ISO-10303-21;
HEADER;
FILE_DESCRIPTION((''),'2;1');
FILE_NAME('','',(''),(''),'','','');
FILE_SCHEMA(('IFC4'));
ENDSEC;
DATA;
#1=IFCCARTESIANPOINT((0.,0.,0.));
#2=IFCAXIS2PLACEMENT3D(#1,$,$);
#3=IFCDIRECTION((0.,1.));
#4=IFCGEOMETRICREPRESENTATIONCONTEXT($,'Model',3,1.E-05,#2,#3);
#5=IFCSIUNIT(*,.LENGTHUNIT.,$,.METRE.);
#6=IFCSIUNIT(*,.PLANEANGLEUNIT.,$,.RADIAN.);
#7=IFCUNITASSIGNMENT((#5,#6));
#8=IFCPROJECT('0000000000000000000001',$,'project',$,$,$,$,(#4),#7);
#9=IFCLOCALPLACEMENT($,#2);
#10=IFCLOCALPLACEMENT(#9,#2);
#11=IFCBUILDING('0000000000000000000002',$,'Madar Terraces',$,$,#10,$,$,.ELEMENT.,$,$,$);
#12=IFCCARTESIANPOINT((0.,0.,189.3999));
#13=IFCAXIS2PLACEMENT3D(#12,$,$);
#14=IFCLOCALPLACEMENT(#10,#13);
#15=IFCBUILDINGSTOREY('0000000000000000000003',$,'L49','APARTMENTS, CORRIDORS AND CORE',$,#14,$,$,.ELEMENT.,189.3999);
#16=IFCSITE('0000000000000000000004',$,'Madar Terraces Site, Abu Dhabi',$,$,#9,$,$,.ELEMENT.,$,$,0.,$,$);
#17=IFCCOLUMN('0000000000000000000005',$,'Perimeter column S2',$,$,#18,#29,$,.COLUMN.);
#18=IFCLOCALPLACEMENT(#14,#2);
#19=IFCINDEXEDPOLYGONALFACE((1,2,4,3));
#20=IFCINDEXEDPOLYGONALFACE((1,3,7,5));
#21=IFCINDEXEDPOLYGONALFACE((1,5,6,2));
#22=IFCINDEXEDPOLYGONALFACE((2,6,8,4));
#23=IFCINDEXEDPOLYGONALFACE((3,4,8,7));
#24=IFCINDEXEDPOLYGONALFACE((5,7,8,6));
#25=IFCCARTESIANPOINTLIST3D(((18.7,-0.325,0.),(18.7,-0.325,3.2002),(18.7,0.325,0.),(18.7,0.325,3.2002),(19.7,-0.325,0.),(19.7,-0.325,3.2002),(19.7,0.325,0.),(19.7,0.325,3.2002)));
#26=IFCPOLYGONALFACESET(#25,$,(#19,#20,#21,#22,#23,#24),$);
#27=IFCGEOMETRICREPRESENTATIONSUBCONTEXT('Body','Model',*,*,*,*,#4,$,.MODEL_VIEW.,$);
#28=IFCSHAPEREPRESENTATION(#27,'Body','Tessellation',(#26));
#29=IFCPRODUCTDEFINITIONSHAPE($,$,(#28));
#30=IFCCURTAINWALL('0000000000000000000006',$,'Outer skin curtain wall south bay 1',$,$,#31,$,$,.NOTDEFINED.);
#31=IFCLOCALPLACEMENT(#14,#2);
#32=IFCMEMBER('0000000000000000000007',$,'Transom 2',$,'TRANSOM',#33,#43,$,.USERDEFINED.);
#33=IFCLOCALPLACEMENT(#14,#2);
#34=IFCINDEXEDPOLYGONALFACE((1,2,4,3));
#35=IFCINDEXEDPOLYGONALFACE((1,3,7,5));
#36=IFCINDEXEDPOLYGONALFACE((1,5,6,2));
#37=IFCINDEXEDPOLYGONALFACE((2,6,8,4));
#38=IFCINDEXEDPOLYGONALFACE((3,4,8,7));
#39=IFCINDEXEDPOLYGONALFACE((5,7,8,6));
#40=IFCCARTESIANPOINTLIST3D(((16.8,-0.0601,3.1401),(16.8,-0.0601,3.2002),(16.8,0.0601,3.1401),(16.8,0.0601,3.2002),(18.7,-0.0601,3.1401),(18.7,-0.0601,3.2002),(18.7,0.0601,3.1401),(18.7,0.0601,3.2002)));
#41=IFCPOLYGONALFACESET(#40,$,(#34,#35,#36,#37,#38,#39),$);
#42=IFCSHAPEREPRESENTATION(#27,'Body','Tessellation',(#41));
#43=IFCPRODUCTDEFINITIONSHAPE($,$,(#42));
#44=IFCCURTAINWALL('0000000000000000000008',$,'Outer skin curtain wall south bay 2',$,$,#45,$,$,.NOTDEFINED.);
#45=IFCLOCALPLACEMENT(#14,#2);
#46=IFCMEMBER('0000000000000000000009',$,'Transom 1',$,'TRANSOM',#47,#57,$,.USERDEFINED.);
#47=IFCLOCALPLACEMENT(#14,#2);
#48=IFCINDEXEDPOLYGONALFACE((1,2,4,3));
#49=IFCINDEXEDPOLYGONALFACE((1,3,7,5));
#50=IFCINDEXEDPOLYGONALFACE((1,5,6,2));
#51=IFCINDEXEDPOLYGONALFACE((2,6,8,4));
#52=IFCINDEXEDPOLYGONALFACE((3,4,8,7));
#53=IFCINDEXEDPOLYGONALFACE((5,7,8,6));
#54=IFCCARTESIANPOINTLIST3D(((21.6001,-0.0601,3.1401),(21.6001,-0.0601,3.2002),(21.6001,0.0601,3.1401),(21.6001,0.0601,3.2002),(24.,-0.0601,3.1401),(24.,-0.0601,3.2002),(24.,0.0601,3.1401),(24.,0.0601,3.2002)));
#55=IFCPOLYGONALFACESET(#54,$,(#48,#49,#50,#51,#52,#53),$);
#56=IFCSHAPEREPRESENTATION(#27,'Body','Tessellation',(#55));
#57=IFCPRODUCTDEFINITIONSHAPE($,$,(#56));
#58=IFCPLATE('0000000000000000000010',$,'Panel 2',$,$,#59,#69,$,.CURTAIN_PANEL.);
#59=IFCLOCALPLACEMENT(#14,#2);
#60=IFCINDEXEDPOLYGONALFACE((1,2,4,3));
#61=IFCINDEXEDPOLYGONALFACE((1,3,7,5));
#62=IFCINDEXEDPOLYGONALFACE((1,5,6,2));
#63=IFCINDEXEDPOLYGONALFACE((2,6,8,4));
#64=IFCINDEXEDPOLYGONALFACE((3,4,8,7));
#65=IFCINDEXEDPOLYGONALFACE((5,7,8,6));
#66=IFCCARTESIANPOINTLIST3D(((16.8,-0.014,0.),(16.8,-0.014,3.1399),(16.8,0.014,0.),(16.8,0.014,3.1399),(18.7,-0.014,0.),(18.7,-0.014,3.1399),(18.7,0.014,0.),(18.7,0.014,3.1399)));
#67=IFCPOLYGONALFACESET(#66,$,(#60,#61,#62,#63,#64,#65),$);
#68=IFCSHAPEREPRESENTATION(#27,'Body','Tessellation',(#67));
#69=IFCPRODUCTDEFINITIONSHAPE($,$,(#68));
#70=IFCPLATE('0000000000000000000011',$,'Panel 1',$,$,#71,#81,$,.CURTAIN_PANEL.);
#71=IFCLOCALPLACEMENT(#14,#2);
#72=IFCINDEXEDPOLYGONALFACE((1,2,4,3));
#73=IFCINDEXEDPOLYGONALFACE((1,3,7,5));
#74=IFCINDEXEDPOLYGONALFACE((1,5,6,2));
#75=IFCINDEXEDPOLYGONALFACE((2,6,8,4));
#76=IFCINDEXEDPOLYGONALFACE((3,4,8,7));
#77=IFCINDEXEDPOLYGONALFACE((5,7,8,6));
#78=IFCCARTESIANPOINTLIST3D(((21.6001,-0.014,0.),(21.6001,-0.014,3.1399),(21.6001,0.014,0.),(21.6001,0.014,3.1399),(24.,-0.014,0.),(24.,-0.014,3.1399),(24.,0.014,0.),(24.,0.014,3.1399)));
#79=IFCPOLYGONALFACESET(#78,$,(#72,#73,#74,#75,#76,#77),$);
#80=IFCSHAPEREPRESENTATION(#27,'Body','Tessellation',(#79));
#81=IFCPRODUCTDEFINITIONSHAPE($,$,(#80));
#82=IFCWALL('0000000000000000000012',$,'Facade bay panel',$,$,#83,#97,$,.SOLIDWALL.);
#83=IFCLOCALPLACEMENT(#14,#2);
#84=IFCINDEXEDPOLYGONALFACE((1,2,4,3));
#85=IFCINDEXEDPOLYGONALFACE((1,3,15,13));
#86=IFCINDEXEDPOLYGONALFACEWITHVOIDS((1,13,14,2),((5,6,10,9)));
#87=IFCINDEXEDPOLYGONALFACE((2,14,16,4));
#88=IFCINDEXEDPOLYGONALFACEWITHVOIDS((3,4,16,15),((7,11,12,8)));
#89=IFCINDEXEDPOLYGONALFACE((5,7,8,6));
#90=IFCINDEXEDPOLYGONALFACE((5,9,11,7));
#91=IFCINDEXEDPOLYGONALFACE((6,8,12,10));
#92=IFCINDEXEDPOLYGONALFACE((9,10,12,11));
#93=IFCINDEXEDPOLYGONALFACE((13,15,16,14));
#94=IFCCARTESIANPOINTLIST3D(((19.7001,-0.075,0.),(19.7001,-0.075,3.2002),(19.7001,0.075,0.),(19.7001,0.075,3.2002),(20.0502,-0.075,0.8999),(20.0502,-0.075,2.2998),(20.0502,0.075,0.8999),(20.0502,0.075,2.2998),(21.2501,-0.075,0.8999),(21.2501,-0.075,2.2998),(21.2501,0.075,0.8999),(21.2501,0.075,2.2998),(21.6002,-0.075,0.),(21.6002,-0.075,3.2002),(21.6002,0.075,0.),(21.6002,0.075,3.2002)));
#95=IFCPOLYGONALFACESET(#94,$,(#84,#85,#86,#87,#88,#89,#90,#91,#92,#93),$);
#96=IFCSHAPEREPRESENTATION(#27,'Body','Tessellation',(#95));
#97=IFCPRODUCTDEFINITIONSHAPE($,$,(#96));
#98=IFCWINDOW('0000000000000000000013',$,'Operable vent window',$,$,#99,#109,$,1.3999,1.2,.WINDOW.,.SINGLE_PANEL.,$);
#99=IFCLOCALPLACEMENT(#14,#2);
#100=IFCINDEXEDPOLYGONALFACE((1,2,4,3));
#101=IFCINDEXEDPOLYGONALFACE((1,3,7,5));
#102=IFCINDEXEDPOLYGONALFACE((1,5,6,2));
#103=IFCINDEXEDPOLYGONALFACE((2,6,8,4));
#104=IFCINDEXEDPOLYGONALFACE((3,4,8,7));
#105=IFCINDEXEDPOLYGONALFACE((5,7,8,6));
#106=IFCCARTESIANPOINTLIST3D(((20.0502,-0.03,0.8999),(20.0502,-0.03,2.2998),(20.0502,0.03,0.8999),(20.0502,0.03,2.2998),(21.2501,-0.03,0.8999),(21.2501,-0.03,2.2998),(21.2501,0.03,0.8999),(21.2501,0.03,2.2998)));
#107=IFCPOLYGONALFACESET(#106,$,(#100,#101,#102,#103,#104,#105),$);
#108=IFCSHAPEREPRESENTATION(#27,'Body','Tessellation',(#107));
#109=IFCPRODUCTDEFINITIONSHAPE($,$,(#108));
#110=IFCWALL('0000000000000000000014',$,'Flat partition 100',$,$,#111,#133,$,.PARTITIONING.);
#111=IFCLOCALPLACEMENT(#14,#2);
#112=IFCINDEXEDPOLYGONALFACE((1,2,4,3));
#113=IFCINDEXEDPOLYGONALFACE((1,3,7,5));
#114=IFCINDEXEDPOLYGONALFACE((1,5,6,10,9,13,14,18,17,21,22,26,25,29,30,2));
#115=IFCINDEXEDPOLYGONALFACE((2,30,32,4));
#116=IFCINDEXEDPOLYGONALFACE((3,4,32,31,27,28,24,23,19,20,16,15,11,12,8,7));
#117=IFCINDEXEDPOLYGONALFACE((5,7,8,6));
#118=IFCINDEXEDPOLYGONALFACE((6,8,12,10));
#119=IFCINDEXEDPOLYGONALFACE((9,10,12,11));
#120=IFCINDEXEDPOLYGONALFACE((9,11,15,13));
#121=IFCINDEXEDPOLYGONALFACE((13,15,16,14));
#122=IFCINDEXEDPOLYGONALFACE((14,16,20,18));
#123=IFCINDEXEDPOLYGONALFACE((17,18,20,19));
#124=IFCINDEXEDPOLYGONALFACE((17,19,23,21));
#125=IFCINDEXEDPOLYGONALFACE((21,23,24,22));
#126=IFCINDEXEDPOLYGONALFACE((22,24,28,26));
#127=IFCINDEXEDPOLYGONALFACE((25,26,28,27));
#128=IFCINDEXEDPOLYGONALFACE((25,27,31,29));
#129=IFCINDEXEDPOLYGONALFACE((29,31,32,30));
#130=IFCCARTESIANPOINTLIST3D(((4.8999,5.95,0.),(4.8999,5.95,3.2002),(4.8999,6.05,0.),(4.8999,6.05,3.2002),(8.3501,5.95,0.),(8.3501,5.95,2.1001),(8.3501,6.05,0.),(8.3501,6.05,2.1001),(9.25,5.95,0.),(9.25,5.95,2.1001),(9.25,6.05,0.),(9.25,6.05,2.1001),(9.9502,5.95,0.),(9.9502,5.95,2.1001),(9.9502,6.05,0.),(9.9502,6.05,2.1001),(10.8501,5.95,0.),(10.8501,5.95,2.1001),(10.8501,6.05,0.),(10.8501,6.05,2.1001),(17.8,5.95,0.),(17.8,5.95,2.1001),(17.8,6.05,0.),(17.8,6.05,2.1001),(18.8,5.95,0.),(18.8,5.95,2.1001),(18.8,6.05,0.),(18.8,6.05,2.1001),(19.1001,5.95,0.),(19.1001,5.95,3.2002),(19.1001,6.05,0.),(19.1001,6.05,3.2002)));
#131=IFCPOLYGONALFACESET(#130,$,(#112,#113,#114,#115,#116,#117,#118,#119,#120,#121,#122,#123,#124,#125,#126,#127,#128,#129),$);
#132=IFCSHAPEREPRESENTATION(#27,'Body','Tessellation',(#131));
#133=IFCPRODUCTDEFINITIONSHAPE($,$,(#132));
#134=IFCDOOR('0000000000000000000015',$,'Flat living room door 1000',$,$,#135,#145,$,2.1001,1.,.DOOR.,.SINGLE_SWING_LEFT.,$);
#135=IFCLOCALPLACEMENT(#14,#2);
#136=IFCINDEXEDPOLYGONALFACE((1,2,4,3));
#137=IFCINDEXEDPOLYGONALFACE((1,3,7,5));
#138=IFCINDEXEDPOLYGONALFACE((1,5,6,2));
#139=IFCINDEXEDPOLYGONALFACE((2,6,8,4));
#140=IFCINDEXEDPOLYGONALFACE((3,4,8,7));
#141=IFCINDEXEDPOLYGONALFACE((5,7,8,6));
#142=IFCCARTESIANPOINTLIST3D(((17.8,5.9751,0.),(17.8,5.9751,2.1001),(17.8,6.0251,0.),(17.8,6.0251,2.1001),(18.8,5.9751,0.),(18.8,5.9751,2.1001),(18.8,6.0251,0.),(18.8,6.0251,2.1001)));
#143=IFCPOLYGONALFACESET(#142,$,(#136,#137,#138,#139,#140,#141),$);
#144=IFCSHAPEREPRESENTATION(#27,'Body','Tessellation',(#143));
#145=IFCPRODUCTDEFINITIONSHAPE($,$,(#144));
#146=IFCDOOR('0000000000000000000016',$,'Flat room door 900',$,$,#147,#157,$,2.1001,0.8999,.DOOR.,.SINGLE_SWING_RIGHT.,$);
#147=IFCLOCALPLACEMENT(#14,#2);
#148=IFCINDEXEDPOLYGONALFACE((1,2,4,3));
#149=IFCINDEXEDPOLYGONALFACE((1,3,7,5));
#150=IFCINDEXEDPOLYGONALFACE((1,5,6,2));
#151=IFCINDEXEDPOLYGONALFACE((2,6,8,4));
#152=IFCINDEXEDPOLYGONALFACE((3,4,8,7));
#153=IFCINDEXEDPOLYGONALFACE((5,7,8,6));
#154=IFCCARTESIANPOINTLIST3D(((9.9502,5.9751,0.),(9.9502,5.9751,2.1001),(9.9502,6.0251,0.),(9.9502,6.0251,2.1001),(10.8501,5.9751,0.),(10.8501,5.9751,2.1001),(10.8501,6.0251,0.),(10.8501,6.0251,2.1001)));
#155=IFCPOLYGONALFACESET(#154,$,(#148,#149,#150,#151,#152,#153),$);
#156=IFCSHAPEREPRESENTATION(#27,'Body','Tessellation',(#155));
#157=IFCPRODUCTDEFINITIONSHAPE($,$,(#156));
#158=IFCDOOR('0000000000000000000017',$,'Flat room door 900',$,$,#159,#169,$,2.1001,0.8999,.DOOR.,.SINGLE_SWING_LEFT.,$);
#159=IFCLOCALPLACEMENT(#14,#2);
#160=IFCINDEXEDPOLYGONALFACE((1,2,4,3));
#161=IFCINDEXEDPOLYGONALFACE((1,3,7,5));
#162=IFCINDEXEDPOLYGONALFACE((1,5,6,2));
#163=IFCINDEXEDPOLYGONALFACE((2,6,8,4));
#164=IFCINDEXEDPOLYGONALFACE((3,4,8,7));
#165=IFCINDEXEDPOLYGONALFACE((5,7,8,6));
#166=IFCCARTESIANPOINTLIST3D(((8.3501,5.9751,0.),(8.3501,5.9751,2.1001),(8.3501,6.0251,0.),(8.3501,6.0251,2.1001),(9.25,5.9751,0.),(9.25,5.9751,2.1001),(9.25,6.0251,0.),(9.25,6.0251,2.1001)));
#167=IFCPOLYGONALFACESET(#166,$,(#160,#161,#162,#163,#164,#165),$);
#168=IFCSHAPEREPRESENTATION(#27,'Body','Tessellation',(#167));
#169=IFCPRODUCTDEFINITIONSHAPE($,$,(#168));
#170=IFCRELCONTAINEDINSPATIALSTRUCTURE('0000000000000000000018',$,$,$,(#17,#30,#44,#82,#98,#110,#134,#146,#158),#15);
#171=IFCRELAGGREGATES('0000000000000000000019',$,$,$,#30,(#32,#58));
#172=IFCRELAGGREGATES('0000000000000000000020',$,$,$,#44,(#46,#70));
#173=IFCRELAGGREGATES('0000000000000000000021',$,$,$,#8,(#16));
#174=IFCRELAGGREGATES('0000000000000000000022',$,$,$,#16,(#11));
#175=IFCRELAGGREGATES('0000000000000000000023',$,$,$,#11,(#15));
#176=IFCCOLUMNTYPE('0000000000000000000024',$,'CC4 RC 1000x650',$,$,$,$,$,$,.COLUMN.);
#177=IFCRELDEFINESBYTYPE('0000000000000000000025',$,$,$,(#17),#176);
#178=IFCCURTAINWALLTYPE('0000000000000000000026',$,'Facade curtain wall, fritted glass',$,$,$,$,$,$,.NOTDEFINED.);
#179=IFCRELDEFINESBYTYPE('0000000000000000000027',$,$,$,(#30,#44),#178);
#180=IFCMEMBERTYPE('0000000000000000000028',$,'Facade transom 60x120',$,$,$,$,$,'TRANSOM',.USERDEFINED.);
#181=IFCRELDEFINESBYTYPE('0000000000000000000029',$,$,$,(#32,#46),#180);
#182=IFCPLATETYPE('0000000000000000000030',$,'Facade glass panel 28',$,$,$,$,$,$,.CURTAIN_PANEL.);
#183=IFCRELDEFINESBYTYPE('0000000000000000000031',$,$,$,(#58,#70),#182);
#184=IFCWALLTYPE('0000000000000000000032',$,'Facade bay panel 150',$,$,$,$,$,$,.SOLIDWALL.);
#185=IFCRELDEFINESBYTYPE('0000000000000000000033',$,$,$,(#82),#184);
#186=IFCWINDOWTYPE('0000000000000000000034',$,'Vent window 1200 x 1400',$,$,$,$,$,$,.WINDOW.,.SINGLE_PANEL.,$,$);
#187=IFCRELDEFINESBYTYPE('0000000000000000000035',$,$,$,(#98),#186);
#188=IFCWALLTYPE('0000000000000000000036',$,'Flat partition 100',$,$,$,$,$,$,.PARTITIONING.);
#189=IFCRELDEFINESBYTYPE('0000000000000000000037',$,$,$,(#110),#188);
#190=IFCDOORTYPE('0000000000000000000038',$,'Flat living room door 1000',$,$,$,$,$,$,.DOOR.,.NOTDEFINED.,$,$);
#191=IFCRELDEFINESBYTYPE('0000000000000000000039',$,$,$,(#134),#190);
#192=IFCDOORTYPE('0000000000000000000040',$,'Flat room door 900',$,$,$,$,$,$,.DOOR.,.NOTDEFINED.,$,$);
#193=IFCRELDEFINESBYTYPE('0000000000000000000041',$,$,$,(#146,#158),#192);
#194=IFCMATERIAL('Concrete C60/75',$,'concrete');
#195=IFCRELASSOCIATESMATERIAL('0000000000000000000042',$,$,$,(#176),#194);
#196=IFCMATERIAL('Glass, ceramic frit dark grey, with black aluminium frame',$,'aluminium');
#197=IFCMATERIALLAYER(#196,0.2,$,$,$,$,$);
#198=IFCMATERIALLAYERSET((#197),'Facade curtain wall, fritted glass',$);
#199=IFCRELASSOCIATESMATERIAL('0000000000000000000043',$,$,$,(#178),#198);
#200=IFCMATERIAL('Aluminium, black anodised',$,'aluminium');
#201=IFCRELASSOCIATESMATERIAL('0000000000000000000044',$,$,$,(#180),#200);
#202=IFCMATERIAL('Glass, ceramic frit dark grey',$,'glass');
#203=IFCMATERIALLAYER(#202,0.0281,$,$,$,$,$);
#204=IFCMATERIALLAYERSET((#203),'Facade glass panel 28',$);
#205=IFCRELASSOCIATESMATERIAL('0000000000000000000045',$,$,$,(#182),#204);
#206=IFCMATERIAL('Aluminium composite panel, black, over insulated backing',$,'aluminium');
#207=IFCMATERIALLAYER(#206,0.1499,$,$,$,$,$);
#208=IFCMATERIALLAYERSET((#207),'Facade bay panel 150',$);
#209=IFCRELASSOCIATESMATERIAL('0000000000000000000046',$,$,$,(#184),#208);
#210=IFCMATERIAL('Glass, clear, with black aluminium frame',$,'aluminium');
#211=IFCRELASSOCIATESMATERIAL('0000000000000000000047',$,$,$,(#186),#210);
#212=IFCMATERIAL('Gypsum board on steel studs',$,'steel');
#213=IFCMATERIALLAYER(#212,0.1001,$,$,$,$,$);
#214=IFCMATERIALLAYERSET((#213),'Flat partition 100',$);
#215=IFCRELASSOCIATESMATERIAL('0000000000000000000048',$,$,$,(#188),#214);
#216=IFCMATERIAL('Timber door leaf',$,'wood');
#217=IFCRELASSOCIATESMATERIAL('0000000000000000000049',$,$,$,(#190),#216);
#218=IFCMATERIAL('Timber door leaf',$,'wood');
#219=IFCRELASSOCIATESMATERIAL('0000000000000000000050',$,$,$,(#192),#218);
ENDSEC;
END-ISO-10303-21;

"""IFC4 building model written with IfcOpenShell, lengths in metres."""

from ifc_helpers import new_model, si_unit, direction, frame, frame_2d, origin, origin_2d, place, context, subcontext, project, spatial, rectangle, extrude, material, layer, layer_set, material_profile, profile_set, type_object, element, fill, aggregate, save


model = new_model("IFC4")

# Units and contexts
model_context = context("Model", 3, precision=1e-05, world=origin(), true_north=direction((0.0, 1.0)))
body_context = subcontext(model_context, "Body", "Model", "MODEL_VIEW")
ifc_project = project(units=[si_unit("LENGTHUNIT", "METRE"), si_unit("PLANEANGLEUNIT", "RADIAN")], contexts=[model_context])

# Site, building, storey
site_placement = place(None, origin())
site = spatial("IfcSite", under=ifc_project, at=site_placement, Name="Madar Terraces Site, Abu Dhabi", CompositionType="ELEMENT", RefElevation=0.0)
building_placement = place(site_placement, origin())
building = spatial("IfcBuilding", under=site, at=building_placement, Name="Madar Terraces", CompositionType="ELEMENT")
storey_placement = place(building_placement, frame((0.0, 0.0, 189.3999)))
storey = spatial("IfcBuildingStorey", under=building, at=storey_placement, Name="L49", Description="APARTMENTS, CORRIDORS AND CORE", CompositionType="ELEMENT", Elevation=189.3999)

# Column
ifc_material_1 = material(Name="Concrete C60/75", Category="concrete")
ifc_material_profile_1 = material_profile(ifc_material_1, rectangle(XDim=1.0, YDim=0.6499, at=origin_2d()), Name="CC4 RC 1000x650")
ifc_profile_set_1 = profile_set([ifc_material_profile_1], Name="Concrete C60/75")
column_type = type_object("IfcColumnType", Name="CC4 RC 1000x650", PredefinedType="COLUMN", material=ifc_profile_set_1)
column_placement = place(storey_placement, frame((19.2, 0.0, 0.0), z_axis=(0.0, 0.0, 1.0), x_axis=(1.0, 0.0, 0.0)))
element("IfcColumn", 1, at=column_placement, inside=storey, type_object=column_type, Name="Perimeter column S2", PredefinedType="COLUMN", context=body_context, shape_type="SweptSolid", body=[
    extrude(rectangle(XDim=1.0, YDim=0.6499, at=origin_2d()), origin(), (0.0, 0.0, 1.0), 3.2002),
])

# Curtain walls, members
ifc_material_2 = material(Name="Glass, ceramic frit dark grey, with black aluminium frame", Category="aluminium")
ifc_layer_1 = layer(ifc_material_2, 0.2)
ifc_layer_set_1 = layer_set([ifc_layer_1], Name="Facade curtain wall, fritted glass")
curtain_wall_type = type_object("IfcCurtainWallType", Name="Facade curtain wall, fritted glass", PredefinedType="NOTDEFINED", material=ifc_layer_set_1)
curtain_wall_1_placement = place(storey_placement, origin())
curtain_wall_1 = element("IfcCurtainWall", 2, at=curtain_wall_1_placement, inside=storey, type_object=curtain_wall_type, Name="Outer skin curtain wall south bay 1", PredefinedType="NOTDEFINED")
ifc_material_3 = material(Name="Aluminium, black anodised", Category="aluminium")
ifc_material_profile_2 = material_profile(ifc_material_3, rectangle(XDim=0.1201, YDim=0.0601, at=origin_2d()), Name="Facade transom 60x120")
ifc_profile_set_2 = profile_set([ifc_material_profile_2], Name="Aluminium, black anodised")
member_type = type_object("IfcMemberType", Name="Facade transom 60x120", ElementType="TRANSOM", PredefinedType="USERDEFINED", material=ifc_profile_set_2)
member_1_placement = place(storey_placement, frame((16.8, 0.0, 3.1702), z_axis=(1.0, 0.0, 0.0), x_axis=(0.0, 1.0, 0.0)))
member_1 = element("IfcMember", 3, at=member_1_placement, type_object=member_type, Name="Transom 2", ObjectType="TRANSOM", PredefinedType="USERDEFINED", context=body_context, shape_type="SweptSolid", body=[
    extrude(rectangle(XDim=0.1201, YDim=0.0601, at=origin_2d()), origin(), (0.0, 0.0, 1.0), 1.8999),
])
curtain_wall_2_placement = place(storey_placement, origin())
curtain_wall_2 = element("IfcCurtainWall", 4, at=curtain_wall_2_placement, inside=storey, type_object=curtain_wall_type, Name="Outer skin curtain wall south bay 2", PredefinedType="NOTDEFINED")
member_2_placement = place(storey_placement, frame((21.6001, 0.0, 3.1702), z_axis=(1.0, 0.0, 0.0), x_axis=(0.0, 1.0, 0.0)))
member_2 = element("IfcMember", 5, at=member_2_placement, type_object=member_type, Name="Transom 1", ObjectType="TRANSOM", PredefinedType="USERDEFINED", context=body_context, shape_type="SweptSolid", body=[
    extrude(rectangle(XDim=0.1201, YDim=0.0601, at=origin_2d()), origin(), (0.0, 0.0, 1.0), 2.3999),
])

# Plates
ifc_material_4 = material(Name="Glass, ceramic frit dark grey", Category="glass")
ifc_layer_2 = layer(ifc_material_4, 0.0281)
ifc_layer_set_2 = layer_set([ifc_layer_2], Name="Facade glass panel 28")
plate_type = type_object("IfcPlateType", Name="Facade glass panel 28", PredefinedType="CURTAIN_PANEL", material=ifc_layer_set_2)
plate_1_placement = place(storey_placement, frame((17.75, 0.0, 0.0), z_axis=(0.0, 0.0, 1.0), x_axis=(1.0, 0.0, 0.0)))
plate_1 = element("IfcPlate", 6, at=plate_1_placement, type_object=plate_type, Name="Panel 2", PredefinedType="CURTAIN_PANEL", context=body_context, shape_type="SweptSolid", body=[
    extrude(rectangle(XDim=1.8999, YDim=0.0281, at=origin_2d()), origin(), (0.0, 0.0, 1.0), 3.1399),
])
aggregate(curtain_wall_1, [member_1, plate_1])
plate_2_placement = place(storey_placement, frame((22.8, 0.0, 0.0), z_axis=(0.0, 0.0, 1.0), x_axis=(1.0, 0.0, 0.0)))
plate_2 = element("IfcPlate", 7, at=plate_2_placement, type_object=plate_type, Name="Panel 1", PredefinedType="CURTAIN_PANEL", context=body_context, shape_type="SweptSolid", body=[
    extrude(rectangle(XDim=2.3999, YDim=0.0281, at=origin_2d()), origin(), (0.0, 0.0, 1.0), 3.1399),
])
aggregate(curtain_wall_2, [member_2, plate_2])

# Wall, opening, window
ifc_material_5 = material(Name="Aluminium composite panel, black, over insulated backing", Category="aluminium")
ifc_layer_3 = layer(ifc_material_5, 0.1499)
ifc_layer_set_3 = layer_set([ifc_layer_3], Name="Facade bay panel 150")
wall_type_1 = type_object("IfcWallType", Name="Facade bay panel 150", PredefinedType="SOLIDWALL", material=ifc_layer_set_3)
wall_1_placement = place(storey_placement, frame((19.7, 0.0, 0.0), z_axis=(0.0, 0.0, 1.0), x_axis=(1.0, 0.0, 0.0)))
wall_1 = element("IfcWall", 8, at=wall_1_placement, inside=storey, type_object=wall_type_1, Name="Facade bay panel", PredefinedType="SOLIDWALL", context=body_context, shape_type="SweptSolid", body=[
    extrude(rectangle(XDim=1.9001, YDim=0.1499, at=frame_2d((0.9502, 0.0))), origin(), (0.0, 0.0, 1.0), 3.2002),
])
opening_1_placement = place(wall_1_placement, frame((0.3501, 0.0, 0.8999)))
opening_1 = element("IfcOpeningElement", 9, at=opening_1_placement, cuts=wall_1, PredefinedType="OPENING", context=body_context, shape_type="SweptSolid", body=[
    extrude(rectangle(XDim=1.2, YDim=1.3999, at=frame_2d((0.6001, 0.7))), frame((0.0, 0.085, 0.0), z_axis=(0.0, -1.0, 0.0), x_axis=(1.0, 0.0, 0.0)), (0.0, 0.0, 1.0), 0.1699),
])
ifc_material_6 = material(Name="Glass, clear, with black aluminium frame", Category="aluminium")
window_type = type_object("IfcWindowType", Name="Vent window 1200 x 1400", PartitioningType="SINGLE_PANEL", PredefinedType="WINDOW", material=ifc_material_6)
window_placement = place(opening_1_placement, origin())
window = element("IfcWindow", 10, at=window_placement, inside=storey, type_object=window_type, Name="Operable vent window", OverallHeight=1.3999, OverallWidth=1.2, PartitioningType="SINGLE_PANEL", PredefinedType="WINDOW", context=body_context, shape_type="SweptSolid", body=[
    extrude(rectangle(XDim=1.2, YDim=1.3999, at=frame_2d((0.6001, 0.7))), frame((0.0, 0.03, 0.0), z_axis=(0.0, -1.0, 0.0), x_axis=(1.0, 0.0, 0.0)), (0.0, 0.0, 1.0), 0.0601),
])
fill(opening_1, window)

# Wall, openings, doors
ifc_material_7 = material(Name="Gypsum board on steel studs", Category="steel")
ifc_layer_4 = layer(ifc_material_7, 0.1001)
ifc_layer_set_4 = layer_set([ifc_layer_4], Name="Flat partition 100")
wall_type_2 = type_object("IfcWallType", Name="Flat partition 100", PredefinedType="PARTITIONING", material=ifc_layer_set_4)
wall_2_placement = place(storey_placement, frame((19.1001, 6.0, 0.0), z_axis=(0.0, 0.0, 1.0), x_axis=(-1.0, 0.0, 0.0)))
wall_2 = element("IfcWall", 11, at=wall_2_placement, inside=storey, type_object=wall_type_2, Name="Flat partition 100", PredefinedType="PARTITIONING", context=body_context, shape_type="SweptSolid", body=[
    extrude(rectangle(XDim=14.2002, YDim=0.1001, at=frame_2d((7.1001, 0.0))), origin(), (0.0, 0.0, 1.0), 3.2002),
])
opening_2_placement = place(wall_2_placement, frame((0.3, 0.0, 0.0)))
opening_2 = element("IfcOpeningElement", 12, at=opening_2_placement, cuts=wall_2, PredefinedType="OPENING", context=body_context, shape_type="SweptSolid", body=[
    extrude(rectangle(XDim=1.0, YDim=2.1001, at=frame_2d((0.5, 1.05))), frame((0.0, 0.0601, 0.0), z_axis=(0.0, -1.0, 0.0), x_axis=(1.0, 0.0, 0.0)), (0.0, 0.0, 1.0), 0.1201),
])
opening_3_placement = place(wall_2_placement, frame((8.25, 0.0, 0.0)))
opening_3 = element("IfcOpeningElement", 13, at=opening_3_placement, cuts=wall_2, PredefinedType="OPENING", context=body_context, shape_type="SweptSolid", body=[
    extrude(rectangle(XDim=0.8999, YDim=2.1001, at=frame_2d((0.45, 1.05))), frame((0.0, 0.0601, 0.0), z_axis=(0.0, -1.0, 0.0), x_axis=(1.0, 0.0, 0.0)), (0.0, 0.0, 1.0), 0.1201),
])
opening_4_placement = place(wall_2_placement, frame((9.8501, 0.0, 0.0)))
opening_4 = element("IfcOpeningElement", 14, at=opening_4_placement, cuts=wall_2, PredefinedType="OPENING", context=body_context, shape_type="SweptSolid", body=[
    extrude(rectangle(XDim=0.8999, YDim=2.1001, at=frame_2d((0.45, 1.05))), frame((0.0, 0.0601, 0.0), z_axis=(0.0, -1.0, 0.0), x_axis=(1.0, 0.0, 0.0)), (0.0, 0.0, 1.0), 0.1201),
])
ifc_material_8 = material(Name="Timber door leaf", Category="wood")
door_type_1 = type_object("IfcDoorType", Name="Flat living room door 1000", OperationType="NOTDEFINED", PredefinedType="DOOR", material=ifc_material_8)
door_1_placement = place(opening_2_placement, origin())
door_1 = element("IfcDoor", 15, at=door_1_placement, inside=storey, type_object=door_type_1, Name="Flat living room door 1000", OperationType="SINGLE_SWING_LEFT", OverallHeight=2.1001, OverallWidth=1.0, PredefinedType="DOOR", context=body_context, shape_type="SweptSolid", body=[
    extrude(rectangle(XDim=1.0, YDim=2.1001, at=frame_2d((0.5, 1.05))), frame((0.0, 0.0249, 0.0), z_axis=(0.0, -1.0, 0.0), x_axis=(1.0, 0.0, 0.0)), (0.0, 0.0, 1.0), 0.05),
])
fill(opening_2, door_1)
ifc_material_9 = material(Name="Timber door leaf", Category="wood")
door_type_2 = type_object("IfcDoorType", Name="Flat room door 900", OperationType="NOTDEFINED", PredefinedType="DOOR", material=ifc_material_9)
door_2_placement = place(opening_3_placement, origin())
door_2 = element("IfcDoor", 16, at=door_2_placement, inside=storey, type_object=door_type_2, Name="Flat room door 900", OperationType="SINGLE_SWING_RIGHT", OverallHeight=2.1001, OverallWidth=0.8999, PredefinedType="DOOR", context=body_context, shape_type="SweptSolid", body=[
    extrude(rectangle(XDim=0.8999, YDim=2.1001, at=frame_2d((0.45, 1.05))), frame((0.0, 0.0249, 0.0), z_axis=(0.0, -1.0, 0.0), x_axis=(1.0, 0.0, 0.0)), (0.0, 0.0, 1.0), 0.05),
])
fill(opening_3, door_2)
door_3_placement = place(opening_4_placement, origin())
door_3 = element("IfcDoor", 17, at=door_3_placement, inside=storey, type_object=door_type_2, Name="Flat room door 900", OperationType="SINGLE_SWING_LEFT", OverallHeight=2.1001, OverallWidth=0.8999, PredefinedType="DOOR", context=body_context, shape_type="SweptSolid", body=[
    extrude(rectangle(XDim=0.8999, YDim=2.1001, at=frame_2d((0.45, 1.05))), frame((0.0, 0.0249, 0.0), z_axis=(0.0, -1.0, 0.0), x_axis=(1.0, 0.0, 0.0)), (0.0, 0.0, 1.0), 0.05),
])
fill(opening_4, door_3)

save(model, "model.ifc")
